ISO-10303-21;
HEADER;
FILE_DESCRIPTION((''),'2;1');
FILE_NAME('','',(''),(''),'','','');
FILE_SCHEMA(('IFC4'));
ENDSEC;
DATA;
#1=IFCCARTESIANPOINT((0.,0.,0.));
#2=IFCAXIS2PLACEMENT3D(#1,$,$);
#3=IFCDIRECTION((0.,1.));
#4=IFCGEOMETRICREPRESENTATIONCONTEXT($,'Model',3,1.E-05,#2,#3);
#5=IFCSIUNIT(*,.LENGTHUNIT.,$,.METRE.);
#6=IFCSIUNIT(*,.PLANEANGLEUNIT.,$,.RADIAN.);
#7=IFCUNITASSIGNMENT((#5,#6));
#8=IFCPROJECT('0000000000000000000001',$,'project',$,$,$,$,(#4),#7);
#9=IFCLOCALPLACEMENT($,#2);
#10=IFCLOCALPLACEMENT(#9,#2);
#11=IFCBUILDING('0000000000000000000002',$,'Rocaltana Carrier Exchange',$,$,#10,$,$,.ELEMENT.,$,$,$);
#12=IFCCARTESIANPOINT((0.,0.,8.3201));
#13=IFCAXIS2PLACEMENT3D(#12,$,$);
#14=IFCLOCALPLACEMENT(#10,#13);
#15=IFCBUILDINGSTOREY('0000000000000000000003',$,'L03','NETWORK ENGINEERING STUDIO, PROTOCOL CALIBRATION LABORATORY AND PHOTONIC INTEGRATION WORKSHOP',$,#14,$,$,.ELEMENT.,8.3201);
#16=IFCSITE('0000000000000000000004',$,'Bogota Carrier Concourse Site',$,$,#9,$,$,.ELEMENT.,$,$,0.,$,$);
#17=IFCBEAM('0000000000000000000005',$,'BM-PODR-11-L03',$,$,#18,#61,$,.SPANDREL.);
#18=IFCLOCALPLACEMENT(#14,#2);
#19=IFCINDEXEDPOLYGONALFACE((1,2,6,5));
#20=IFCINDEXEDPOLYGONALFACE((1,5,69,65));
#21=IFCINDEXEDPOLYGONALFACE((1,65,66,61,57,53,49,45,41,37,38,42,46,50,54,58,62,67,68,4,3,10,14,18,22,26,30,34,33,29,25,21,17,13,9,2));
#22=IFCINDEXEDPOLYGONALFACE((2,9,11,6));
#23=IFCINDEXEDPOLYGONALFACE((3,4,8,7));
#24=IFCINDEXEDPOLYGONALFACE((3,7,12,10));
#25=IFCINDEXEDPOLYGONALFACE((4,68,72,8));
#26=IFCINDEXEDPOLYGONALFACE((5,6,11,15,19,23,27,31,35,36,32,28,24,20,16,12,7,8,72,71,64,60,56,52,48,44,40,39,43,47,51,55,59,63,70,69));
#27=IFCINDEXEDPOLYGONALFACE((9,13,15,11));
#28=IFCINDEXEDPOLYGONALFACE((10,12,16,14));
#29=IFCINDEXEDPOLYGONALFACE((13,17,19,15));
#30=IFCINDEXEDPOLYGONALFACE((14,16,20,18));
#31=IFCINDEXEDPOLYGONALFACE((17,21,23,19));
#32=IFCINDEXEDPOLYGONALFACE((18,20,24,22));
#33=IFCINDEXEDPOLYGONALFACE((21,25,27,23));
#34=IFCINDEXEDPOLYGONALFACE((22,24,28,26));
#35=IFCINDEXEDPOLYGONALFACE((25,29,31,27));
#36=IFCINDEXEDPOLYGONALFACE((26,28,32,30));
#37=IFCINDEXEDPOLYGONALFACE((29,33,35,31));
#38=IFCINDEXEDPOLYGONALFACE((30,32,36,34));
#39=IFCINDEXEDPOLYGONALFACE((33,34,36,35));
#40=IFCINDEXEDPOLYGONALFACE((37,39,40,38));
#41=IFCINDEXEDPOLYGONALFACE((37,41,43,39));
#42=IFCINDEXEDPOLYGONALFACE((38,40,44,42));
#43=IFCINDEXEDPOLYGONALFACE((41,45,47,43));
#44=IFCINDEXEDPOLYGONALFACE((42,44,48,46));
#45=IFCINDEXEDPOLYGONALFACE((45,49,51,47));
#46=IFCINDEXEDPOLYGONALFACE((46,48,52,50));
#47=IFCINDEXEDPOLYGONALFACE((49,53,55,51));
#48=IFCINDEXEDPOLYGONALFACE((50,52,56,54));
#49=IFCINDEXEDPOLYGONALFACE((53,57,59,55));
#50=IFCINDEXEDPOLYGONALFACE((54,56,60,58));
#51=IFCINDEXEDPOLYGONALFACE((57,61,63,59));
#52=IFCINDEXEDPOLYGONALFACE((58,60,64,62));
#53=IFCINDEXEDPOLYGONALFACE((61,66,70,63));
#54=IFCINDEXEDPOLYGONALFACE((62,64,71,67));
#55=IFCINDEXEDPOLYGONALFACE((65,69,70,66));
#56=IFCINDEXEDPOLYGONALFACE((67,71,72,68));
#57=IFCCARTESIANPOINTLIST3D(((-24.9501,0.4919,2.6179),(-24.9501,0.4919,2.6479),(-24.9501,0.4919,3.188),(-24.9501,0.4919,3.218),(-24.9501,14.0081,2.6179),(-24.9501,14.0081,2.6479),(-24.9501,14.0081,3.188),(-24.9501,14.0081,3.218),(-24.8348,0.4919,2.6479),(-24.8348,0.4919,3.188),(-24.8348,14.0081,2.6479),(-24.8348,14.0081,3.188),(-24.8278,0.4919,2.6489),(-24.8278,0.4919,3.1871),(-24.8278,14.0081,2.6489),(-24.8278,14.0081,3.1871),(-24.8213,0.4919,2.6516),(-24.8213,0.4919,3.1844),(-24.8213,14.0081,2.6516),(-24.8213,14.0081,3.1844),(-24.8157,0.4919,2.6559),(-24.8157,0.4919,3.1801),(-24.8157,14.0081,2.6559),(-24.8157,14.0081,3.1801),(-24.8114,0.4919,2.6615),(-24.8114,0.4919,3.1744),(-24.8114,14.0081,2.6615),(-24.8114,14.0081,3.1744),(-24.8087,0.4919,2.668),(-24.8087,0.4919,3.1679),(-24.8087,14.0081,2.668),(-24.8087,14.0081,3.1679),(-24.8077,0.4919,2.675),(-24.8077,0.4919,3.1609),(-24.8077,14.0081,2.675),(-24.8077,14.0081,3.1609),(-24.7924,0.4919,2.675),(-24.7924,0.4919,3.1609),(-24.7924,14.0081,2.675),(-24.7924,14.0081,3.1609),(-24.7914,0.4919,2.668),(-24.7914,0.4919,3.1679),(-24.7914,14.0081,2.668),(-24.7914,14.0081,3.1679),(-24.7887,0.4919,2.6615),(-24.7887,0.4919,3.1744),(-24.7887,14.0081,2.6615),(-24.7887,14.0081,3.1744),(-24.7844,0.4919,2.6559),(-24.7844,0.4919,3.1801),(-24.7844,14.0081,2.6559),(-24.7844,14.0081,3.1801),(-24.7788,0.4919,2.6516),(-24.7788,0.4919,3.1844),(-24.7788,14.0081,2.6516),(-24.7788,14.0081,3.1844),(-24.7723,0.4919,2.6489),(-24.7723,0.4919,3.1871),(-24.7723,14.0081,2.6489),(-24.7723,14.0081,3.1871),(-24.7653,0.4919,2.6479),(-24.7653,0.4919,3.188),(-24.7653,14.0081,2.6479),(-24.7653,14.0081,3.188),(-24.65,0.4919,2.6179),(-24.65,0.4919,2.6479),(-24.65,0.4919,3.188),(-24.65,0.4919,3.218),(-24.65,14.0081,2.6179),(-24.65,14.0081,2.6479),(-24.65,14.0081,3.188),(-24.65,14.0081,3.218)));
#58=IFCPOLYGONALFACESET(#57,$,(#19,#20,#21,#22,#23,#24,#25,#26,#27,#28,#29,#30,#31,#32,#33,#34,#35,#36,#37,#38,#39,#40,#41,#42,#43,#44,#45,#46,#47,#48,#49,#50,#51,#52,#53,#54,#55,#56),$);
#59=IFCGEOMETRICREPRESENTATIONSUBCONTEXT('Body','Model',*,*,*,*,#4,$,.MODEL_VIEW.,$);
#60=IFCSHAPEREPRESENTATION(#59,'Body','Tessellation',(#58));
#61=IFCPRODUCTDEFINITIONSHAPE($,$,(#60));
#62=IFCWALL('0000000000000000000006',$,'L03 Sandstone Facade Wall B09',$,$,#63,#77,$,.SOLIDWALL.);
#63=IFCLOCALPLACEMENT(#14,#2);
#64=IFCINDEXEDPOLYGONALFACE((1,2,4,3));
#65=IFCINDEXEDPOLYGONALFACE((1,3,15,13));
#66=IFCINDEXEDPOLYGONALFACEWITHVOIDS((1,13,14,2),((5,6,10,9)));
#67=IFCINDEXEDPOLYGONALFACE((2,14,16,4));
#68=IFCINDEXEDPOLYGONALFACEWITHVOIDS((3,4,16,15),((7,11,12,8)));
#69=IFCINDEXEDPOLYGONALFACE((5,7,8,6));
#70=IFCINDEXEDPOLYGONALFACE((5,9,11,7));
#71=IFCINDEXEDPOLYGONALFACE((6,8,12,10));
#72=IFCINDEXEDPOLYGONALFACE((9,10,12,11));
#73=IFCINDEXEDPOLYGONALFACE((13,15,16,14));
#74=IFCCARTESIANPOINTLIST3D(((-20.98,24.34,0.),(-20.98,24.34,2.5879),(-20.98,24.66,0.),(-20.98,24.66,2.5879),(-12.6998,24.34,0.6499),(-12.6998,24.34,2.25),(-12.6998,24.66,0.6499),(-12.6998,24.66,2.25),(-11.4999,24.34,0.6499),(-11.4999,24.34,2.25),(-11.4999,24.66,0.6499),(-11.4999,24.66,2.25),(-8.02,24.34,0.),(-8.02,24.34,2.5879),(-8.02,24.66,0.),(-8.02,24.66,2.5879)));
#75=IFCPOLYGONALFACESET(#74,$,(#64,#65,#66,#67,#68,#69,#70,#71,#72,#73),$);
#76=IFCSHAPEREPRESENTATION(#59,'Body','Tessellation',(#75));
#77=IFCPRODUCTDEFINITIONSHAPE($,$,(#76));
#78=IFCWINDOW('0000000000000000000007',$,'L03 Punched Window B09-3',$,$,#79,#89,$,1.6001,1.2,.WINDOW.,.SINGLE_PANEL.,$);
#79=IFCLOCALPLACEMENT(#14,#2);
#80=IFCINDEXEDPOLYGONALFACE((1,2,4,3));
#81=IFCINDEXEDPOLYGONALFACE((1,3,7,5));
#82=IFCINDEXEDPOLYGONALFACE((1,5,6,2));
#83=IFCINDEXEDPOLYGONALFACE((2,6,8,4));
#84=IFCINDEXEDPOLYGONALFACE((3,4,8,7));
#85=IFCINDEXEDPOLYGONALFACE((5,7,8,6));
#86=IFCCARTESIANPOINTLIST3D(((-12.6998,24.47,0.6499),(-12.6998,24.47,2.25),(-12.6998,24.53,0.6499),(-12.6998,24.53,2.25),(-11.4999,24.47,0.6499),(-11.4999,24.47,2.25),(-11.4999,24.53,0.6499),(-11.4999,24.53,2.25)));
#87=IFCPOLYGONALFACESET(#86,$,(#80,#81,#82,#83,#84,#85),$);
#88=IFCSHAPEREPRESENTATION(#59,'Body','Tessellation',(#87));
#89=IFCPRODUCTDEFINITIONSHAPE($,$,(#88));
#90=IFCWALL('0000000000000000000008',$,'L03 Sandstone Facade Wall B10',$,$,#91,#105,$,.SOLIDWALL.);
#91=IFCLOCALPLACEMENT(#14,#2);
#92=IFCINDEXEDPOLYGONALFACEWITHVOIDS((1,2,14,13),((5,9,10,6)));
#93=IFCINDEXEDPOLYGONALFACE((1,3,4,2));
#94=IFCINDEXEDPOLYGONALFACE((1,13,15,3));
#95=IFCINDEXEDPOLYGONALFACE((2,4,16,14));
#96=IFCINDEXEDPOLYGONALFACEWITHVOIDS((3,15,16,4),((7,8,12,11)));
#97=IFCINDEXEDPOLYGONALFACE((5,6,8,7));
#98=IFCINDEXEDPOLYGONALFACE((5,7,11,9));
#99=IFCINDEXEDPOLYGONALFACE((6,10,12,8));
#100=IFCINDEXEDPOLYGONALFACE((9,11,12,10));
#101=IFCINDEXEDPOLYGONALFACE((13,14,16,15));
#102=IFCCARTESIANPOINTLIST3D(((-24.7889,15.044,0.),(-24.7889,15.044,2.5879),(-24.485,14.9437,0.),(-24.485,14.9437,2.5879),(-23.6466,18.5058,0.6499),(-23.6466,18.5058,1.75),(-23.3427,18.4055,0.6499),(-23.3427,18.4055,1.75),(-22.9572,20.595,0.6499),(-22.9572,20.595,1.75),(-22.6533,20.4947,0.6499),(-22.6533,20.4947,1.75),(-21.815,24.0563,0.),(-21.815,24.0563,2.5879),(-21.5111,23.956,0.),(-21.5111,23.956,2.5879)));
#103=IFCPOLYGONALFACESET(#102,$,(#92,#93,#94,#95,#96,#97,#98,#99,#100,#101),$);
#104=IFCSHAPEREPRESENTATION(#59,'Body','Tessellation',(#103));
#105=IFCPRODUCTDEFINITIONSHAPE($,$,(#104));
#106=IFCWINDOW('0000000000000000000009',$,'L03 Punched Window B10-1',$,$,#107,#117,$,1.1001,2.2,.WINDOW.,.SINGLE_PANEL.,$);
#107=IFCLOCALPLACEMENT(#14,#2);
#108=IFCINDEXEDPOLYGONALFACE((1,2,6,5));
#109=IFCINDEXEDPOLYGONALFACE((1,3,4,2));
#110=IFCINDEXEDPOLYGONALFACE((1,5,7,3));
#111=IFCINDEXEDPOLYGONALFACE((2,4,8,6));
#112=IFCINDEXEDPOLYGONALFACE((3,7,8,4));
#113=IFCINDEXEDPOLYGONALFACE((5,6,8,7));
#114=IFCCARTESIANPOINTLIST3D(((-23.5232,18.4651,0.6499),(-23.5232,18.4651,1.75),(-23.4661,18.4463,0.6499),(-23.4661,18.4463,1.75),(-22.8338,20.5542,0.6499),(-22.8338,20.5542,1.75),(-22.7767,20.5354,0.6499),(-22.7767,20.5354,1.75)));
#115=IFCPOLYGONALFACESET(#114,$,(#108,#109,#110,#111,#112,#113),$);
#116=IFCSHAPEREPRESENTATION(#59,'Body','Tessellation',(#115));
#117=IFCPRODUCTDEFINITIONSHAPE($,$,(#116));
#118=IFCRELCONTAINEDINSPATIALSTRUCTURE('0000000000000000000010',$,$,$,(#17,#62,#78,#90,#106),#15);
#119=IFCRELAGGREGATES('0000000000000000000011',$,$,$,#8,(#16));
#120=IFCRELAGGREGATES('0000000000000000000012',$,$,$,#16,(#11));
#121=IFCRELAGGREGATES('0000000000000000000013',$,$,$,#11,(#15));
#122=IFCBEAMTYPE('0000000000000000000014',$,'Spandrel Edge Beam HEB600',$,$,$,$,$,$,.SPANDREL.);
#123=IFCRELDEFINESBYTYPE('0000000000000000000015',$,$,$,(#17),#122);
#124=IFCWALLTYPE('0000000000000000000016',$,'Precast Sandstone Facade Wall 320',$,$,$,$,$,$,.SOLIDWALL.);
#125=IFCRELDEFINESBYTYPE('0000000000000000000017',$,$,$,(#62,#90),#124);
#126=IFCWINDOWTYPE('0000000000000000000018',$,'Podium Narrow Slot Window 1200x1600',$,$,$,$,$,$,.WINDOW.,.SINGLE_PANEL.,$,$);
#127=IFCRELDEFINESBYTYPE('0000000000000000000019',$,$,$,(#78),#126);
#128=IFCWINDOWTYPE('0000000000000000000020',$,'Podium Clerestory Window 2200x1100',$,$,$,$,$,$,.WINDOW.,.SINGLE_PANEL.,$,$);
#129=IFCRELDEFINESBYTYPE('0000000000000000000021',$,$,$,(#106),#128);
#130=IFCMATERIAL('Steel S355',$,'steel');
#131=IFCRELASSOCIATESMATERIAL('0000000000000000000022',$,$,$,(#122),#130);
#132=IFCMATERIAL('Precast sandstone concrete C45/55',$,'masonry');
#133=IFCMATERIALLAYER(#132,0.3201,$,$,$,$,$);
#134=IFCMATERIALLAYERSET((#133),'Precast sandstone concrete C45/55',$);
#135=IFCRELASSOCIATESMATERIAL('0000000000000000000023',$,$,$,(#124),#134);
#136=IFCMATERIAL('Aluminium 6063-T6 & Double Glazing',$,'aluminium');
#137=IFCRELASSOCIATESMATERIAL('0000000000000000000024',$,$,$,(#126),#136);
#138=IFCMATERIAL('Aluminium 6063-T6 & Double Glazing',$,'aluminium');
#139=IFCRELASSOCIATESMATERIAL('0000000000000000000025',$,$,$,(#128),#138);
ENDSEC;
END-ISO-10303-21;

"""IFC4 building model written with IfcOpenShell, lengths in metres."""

from ifc_helpers import new_model, si_unit, direction, frame, frame_2d, origin, origin_2d, place, context, subcontext, project, spatial, rectangle, i_section, extrude, material, layer, layer_set, material_profile, profile_set, type_object, element, fill, save


model = new_model("IFC4")

# Units and contexts
model_context = context("Model", 3, precision=1e-05, world=origin(), true_north=direction((0.0, 1.0)))
body_context = subcontext(model_context, "Body", "Model", "MODEL_VIEW")
ifc_project = project(units=[si_unit("LENGTHUNIT", "METRE"), si_unit("PLANEANGLEUNIT", "RADIAN")], contexts=[model_context])

# Site, building, storey
site_placement = place(None, origin())
site = spatial("IfcSite", under=ifc_project, at=site_placement, Name="Bogota Carrier Concourse Site", CompositionType="ELEMENT", RefElevation=0.0)
building_placement = place(site_placement, origin())
building = spatial("IfcBuilding", under=site, at=building_placement, Name="Rocaltana Carrier Exchange", CompositionType="ELEMENT")
storey_placement = place(building_placement, frame((0.0, 0.0, 8.3201)))
storey = spatial("IfcBuildingStorey", under=building, at=storey_placement, Name="L03", Description="NETWORK ENGINEERING STUDIO, PROTOCOL CALIBRATION LABORATORY AND PHOTONIC INTEGRATION WORKSHOP", CompositionType="ELEMENT", Elevation=8.3201)

# Beam
ifc_material_1 = material(Name="Steel S355", Category="steel")
ifc_material_profile_1 = material_profile(ifc_material_1, i_section(OverallWidth=0.3, OverallDepth=0.6001, WebThickness=0.0154, FlangeThickness=0.03, FilletRadius=0.0271, at=origin_2d()), Name="HEB600")
ifc_profile_set_1 = profile_set([ifc_material_profile_1], Name="Steel S355")
beam_type_1 = type_object("IfcBeamType", Name="Spandrel Edge Beam HEB600", PredefinedType="SPANDREL", material=ifc_profile_set_1)
beam_1_placement = place(storey_placement, frame((-24.8, 14.0081, 2.918), z_axis=(0.0, -1.0, 0.0), x_axis=(1.0, 0.0, 0.0)))
element("IfcBeam", 1, at=beam_1_placement, inside=storey, type_object=beam_type_1, Name="BM-PODR-11-L03", PredefinedType="SPANDREL", context=body_context, shape_type="SweptSolid", body=[
    extrude(i_section(OverallWidth=0.3, OverallDepth=0.6001, WebThickness=0.0154, FlangeThickness=0.03, FilletRadius=0.0271, at=origin_2d()), origin(), (0.0, 0.0, 1.0), 13.5161),
])

# Walls, openings, windows
ifc_material_2 = material(Name="Precast sandstone concrete C45/55", Category="masonry")
ifc_layer_1 = layer(ifc_material_2, 0.3201)
ifc_layer_set_1 = layer_set([ifc_layer_1], Name="Precast sandstone concrete C45/55")
wall_type = type_object("IfcWallType", Name="Precast Sandstone Facade Wall 320", PredefinedType="SOLIDWALL", material=ifc_layer_set_1)
wall_1_placement = place(storey_placement, frame((-20.98, 24.5, 0.0), z_axis=(0.0, 0.0, 1.0), x_axis=(1.0, 0.0, 0.0)))
wall_1 = element("IfcWall", 2, at=wall_1_placement, inside=storey, type_object=wall_type, Name="L03 Sandstone Facade Wall B09", PredefinedType="SOLIDWALL", context=body_context, shape_type="SweptSolid", body=[
    extrude(rectangle(XDim=12.96, YDim=0.3201, at=frame_2d((6.48, 0.0))), origin(), (0.0, 0.0, 1.0), 2.5879),
])
opening_1_placement = place(wall_1_placement, frame((8.28, 0.0, 0.6499)))
opening_1 = element("IfcOpeningElement", 3, at=opening_1_placement, cuts=wall_1, PredefinedType="OPENING", context=body_context, shape_type="SweptSolid", body=[
    extrude(rectangle(XDim=1.2, YDim=1.6001, at=frame_2d((0.6001, 0.8))), frame((0.0, 0.1699, 0.0), z_axis=(0.0, -1.0, 0.0), x_axis=(1.0, 0.0, 0.0)), (0.0, 0.0, 1.0), 0.3401),
])
ifc_material_3 = material(Name="Aluminium 6063-T6 & Double Glazing", Category="aluminium")
window_type_1 = type_object("IfcWindowType", Name="Podium Narrow Slot Window 1200x1600", PartitioningType="SINGLE_PANEL", PredefinedType="WINDOW", material=ifc_material_3)
window_1_placement = place(opening_1_placement, origin())
window_1 = element("IfcWindow", 4, at=window_1_placement, inside=storey, type_object=window_type_1, Name="L03 Punched Window B09-3", OverallHeight=1.6001, OverallWidth=1.2, PartitioningType="SINGLE_PANEL", PredefinedType="WINDOW", context=body_context, shape_type="SweptSolid", body=[
    extrude(rectangle(XDim=1.2, YDim=1.6001, at=frame_2d((0.6001, 0.8))), frame((0.0, 0.03, 0.0), z_axis=(0.0, -1.0, 0.0), x_axis=(1.0, 0.0, 0.0)), (0.0, 0.0, 1.0), 0.0601),
])
fill(opening_1, window_1)
wall_2_placement = place(storey_placement, frame((-24.637, 14.9939, 0.0), z_axis=(0.0, 0.0, 1.0), x_axis=(0.313363, 0.949633, 0.0)))
wall_2 = element("IfcWall", 5, at=wall_2_placement, inside=storey, type_object=wall_type, Name="L03 Sandstone Facade Wall B10", PredefinedType="SOLIDWALL", context=body_context, shape_type="SweptSolid", body=[
    extrude(rectangle(XDim=9.4902, YDim=0.3201, at=frame_2d((4.7451, 0.0))), origin(), (0.0, 0.0, 1.0), 2.5879),
])
opening_2_placement = place(wall_2_placement, frame((3.6453, 0.0, 0.6499)))
opening_2 = element("IfcOpeningElement", 6, at=opening_2_placement, cuts=wall_2, PredefinedType="OPENING", context=body_context, shape_type="SweptSolid", body=[
    extrude(rectangle(XDim=2.2, YDim=1.1001, at=frame_2d((1.1001, 0.55))), frame((0.0, 0.1699, 0.0), z_axis=(0.0, -1.0, 0.0), x_axis=(1.0, 0.0, 0.0)), (0.0, 0.0, 1.0), 0.3401),
])
ifc_material_4 = material(Name="Aluminium 6063-T6 & Double Glazing", Category="aluminium")
window_type_2 = type_object("IfcWindowType", Name="Podium Clerestory Window 2200x1100", PartitioningType="SINGLE_PANEL", PredefinedType="WINDOW", material=ifc_material_4)
window_2_placement = place(opening_2_placement, origin())
window_2 = element("IfcWindow", 7, at=window_2_placement, inside=storey, type_object=window_type_2, Name="L03 Punched Window B10-1", OverallHeight=1.1001, OverallWidth=2.2, PartitioningType="SINGLE_PANEL", PredefinedType="WINDOW", context=body_context, shape_type="SweptSolid", body=[
    extrude(rectangle(XDim=2.2, YDim=1.1001, at=frame_2d((1.1001, 0.55))), frame((0.0, 0.03, 0.0), z_axis=(0.0, -1.0, 0.0), x_axis=(1.0, 0.0, 0.0)), (0.0, 0.0, 1.0), 0.0601),
])
fill(opening_2, window_2)

save(model, "model.ifc")
